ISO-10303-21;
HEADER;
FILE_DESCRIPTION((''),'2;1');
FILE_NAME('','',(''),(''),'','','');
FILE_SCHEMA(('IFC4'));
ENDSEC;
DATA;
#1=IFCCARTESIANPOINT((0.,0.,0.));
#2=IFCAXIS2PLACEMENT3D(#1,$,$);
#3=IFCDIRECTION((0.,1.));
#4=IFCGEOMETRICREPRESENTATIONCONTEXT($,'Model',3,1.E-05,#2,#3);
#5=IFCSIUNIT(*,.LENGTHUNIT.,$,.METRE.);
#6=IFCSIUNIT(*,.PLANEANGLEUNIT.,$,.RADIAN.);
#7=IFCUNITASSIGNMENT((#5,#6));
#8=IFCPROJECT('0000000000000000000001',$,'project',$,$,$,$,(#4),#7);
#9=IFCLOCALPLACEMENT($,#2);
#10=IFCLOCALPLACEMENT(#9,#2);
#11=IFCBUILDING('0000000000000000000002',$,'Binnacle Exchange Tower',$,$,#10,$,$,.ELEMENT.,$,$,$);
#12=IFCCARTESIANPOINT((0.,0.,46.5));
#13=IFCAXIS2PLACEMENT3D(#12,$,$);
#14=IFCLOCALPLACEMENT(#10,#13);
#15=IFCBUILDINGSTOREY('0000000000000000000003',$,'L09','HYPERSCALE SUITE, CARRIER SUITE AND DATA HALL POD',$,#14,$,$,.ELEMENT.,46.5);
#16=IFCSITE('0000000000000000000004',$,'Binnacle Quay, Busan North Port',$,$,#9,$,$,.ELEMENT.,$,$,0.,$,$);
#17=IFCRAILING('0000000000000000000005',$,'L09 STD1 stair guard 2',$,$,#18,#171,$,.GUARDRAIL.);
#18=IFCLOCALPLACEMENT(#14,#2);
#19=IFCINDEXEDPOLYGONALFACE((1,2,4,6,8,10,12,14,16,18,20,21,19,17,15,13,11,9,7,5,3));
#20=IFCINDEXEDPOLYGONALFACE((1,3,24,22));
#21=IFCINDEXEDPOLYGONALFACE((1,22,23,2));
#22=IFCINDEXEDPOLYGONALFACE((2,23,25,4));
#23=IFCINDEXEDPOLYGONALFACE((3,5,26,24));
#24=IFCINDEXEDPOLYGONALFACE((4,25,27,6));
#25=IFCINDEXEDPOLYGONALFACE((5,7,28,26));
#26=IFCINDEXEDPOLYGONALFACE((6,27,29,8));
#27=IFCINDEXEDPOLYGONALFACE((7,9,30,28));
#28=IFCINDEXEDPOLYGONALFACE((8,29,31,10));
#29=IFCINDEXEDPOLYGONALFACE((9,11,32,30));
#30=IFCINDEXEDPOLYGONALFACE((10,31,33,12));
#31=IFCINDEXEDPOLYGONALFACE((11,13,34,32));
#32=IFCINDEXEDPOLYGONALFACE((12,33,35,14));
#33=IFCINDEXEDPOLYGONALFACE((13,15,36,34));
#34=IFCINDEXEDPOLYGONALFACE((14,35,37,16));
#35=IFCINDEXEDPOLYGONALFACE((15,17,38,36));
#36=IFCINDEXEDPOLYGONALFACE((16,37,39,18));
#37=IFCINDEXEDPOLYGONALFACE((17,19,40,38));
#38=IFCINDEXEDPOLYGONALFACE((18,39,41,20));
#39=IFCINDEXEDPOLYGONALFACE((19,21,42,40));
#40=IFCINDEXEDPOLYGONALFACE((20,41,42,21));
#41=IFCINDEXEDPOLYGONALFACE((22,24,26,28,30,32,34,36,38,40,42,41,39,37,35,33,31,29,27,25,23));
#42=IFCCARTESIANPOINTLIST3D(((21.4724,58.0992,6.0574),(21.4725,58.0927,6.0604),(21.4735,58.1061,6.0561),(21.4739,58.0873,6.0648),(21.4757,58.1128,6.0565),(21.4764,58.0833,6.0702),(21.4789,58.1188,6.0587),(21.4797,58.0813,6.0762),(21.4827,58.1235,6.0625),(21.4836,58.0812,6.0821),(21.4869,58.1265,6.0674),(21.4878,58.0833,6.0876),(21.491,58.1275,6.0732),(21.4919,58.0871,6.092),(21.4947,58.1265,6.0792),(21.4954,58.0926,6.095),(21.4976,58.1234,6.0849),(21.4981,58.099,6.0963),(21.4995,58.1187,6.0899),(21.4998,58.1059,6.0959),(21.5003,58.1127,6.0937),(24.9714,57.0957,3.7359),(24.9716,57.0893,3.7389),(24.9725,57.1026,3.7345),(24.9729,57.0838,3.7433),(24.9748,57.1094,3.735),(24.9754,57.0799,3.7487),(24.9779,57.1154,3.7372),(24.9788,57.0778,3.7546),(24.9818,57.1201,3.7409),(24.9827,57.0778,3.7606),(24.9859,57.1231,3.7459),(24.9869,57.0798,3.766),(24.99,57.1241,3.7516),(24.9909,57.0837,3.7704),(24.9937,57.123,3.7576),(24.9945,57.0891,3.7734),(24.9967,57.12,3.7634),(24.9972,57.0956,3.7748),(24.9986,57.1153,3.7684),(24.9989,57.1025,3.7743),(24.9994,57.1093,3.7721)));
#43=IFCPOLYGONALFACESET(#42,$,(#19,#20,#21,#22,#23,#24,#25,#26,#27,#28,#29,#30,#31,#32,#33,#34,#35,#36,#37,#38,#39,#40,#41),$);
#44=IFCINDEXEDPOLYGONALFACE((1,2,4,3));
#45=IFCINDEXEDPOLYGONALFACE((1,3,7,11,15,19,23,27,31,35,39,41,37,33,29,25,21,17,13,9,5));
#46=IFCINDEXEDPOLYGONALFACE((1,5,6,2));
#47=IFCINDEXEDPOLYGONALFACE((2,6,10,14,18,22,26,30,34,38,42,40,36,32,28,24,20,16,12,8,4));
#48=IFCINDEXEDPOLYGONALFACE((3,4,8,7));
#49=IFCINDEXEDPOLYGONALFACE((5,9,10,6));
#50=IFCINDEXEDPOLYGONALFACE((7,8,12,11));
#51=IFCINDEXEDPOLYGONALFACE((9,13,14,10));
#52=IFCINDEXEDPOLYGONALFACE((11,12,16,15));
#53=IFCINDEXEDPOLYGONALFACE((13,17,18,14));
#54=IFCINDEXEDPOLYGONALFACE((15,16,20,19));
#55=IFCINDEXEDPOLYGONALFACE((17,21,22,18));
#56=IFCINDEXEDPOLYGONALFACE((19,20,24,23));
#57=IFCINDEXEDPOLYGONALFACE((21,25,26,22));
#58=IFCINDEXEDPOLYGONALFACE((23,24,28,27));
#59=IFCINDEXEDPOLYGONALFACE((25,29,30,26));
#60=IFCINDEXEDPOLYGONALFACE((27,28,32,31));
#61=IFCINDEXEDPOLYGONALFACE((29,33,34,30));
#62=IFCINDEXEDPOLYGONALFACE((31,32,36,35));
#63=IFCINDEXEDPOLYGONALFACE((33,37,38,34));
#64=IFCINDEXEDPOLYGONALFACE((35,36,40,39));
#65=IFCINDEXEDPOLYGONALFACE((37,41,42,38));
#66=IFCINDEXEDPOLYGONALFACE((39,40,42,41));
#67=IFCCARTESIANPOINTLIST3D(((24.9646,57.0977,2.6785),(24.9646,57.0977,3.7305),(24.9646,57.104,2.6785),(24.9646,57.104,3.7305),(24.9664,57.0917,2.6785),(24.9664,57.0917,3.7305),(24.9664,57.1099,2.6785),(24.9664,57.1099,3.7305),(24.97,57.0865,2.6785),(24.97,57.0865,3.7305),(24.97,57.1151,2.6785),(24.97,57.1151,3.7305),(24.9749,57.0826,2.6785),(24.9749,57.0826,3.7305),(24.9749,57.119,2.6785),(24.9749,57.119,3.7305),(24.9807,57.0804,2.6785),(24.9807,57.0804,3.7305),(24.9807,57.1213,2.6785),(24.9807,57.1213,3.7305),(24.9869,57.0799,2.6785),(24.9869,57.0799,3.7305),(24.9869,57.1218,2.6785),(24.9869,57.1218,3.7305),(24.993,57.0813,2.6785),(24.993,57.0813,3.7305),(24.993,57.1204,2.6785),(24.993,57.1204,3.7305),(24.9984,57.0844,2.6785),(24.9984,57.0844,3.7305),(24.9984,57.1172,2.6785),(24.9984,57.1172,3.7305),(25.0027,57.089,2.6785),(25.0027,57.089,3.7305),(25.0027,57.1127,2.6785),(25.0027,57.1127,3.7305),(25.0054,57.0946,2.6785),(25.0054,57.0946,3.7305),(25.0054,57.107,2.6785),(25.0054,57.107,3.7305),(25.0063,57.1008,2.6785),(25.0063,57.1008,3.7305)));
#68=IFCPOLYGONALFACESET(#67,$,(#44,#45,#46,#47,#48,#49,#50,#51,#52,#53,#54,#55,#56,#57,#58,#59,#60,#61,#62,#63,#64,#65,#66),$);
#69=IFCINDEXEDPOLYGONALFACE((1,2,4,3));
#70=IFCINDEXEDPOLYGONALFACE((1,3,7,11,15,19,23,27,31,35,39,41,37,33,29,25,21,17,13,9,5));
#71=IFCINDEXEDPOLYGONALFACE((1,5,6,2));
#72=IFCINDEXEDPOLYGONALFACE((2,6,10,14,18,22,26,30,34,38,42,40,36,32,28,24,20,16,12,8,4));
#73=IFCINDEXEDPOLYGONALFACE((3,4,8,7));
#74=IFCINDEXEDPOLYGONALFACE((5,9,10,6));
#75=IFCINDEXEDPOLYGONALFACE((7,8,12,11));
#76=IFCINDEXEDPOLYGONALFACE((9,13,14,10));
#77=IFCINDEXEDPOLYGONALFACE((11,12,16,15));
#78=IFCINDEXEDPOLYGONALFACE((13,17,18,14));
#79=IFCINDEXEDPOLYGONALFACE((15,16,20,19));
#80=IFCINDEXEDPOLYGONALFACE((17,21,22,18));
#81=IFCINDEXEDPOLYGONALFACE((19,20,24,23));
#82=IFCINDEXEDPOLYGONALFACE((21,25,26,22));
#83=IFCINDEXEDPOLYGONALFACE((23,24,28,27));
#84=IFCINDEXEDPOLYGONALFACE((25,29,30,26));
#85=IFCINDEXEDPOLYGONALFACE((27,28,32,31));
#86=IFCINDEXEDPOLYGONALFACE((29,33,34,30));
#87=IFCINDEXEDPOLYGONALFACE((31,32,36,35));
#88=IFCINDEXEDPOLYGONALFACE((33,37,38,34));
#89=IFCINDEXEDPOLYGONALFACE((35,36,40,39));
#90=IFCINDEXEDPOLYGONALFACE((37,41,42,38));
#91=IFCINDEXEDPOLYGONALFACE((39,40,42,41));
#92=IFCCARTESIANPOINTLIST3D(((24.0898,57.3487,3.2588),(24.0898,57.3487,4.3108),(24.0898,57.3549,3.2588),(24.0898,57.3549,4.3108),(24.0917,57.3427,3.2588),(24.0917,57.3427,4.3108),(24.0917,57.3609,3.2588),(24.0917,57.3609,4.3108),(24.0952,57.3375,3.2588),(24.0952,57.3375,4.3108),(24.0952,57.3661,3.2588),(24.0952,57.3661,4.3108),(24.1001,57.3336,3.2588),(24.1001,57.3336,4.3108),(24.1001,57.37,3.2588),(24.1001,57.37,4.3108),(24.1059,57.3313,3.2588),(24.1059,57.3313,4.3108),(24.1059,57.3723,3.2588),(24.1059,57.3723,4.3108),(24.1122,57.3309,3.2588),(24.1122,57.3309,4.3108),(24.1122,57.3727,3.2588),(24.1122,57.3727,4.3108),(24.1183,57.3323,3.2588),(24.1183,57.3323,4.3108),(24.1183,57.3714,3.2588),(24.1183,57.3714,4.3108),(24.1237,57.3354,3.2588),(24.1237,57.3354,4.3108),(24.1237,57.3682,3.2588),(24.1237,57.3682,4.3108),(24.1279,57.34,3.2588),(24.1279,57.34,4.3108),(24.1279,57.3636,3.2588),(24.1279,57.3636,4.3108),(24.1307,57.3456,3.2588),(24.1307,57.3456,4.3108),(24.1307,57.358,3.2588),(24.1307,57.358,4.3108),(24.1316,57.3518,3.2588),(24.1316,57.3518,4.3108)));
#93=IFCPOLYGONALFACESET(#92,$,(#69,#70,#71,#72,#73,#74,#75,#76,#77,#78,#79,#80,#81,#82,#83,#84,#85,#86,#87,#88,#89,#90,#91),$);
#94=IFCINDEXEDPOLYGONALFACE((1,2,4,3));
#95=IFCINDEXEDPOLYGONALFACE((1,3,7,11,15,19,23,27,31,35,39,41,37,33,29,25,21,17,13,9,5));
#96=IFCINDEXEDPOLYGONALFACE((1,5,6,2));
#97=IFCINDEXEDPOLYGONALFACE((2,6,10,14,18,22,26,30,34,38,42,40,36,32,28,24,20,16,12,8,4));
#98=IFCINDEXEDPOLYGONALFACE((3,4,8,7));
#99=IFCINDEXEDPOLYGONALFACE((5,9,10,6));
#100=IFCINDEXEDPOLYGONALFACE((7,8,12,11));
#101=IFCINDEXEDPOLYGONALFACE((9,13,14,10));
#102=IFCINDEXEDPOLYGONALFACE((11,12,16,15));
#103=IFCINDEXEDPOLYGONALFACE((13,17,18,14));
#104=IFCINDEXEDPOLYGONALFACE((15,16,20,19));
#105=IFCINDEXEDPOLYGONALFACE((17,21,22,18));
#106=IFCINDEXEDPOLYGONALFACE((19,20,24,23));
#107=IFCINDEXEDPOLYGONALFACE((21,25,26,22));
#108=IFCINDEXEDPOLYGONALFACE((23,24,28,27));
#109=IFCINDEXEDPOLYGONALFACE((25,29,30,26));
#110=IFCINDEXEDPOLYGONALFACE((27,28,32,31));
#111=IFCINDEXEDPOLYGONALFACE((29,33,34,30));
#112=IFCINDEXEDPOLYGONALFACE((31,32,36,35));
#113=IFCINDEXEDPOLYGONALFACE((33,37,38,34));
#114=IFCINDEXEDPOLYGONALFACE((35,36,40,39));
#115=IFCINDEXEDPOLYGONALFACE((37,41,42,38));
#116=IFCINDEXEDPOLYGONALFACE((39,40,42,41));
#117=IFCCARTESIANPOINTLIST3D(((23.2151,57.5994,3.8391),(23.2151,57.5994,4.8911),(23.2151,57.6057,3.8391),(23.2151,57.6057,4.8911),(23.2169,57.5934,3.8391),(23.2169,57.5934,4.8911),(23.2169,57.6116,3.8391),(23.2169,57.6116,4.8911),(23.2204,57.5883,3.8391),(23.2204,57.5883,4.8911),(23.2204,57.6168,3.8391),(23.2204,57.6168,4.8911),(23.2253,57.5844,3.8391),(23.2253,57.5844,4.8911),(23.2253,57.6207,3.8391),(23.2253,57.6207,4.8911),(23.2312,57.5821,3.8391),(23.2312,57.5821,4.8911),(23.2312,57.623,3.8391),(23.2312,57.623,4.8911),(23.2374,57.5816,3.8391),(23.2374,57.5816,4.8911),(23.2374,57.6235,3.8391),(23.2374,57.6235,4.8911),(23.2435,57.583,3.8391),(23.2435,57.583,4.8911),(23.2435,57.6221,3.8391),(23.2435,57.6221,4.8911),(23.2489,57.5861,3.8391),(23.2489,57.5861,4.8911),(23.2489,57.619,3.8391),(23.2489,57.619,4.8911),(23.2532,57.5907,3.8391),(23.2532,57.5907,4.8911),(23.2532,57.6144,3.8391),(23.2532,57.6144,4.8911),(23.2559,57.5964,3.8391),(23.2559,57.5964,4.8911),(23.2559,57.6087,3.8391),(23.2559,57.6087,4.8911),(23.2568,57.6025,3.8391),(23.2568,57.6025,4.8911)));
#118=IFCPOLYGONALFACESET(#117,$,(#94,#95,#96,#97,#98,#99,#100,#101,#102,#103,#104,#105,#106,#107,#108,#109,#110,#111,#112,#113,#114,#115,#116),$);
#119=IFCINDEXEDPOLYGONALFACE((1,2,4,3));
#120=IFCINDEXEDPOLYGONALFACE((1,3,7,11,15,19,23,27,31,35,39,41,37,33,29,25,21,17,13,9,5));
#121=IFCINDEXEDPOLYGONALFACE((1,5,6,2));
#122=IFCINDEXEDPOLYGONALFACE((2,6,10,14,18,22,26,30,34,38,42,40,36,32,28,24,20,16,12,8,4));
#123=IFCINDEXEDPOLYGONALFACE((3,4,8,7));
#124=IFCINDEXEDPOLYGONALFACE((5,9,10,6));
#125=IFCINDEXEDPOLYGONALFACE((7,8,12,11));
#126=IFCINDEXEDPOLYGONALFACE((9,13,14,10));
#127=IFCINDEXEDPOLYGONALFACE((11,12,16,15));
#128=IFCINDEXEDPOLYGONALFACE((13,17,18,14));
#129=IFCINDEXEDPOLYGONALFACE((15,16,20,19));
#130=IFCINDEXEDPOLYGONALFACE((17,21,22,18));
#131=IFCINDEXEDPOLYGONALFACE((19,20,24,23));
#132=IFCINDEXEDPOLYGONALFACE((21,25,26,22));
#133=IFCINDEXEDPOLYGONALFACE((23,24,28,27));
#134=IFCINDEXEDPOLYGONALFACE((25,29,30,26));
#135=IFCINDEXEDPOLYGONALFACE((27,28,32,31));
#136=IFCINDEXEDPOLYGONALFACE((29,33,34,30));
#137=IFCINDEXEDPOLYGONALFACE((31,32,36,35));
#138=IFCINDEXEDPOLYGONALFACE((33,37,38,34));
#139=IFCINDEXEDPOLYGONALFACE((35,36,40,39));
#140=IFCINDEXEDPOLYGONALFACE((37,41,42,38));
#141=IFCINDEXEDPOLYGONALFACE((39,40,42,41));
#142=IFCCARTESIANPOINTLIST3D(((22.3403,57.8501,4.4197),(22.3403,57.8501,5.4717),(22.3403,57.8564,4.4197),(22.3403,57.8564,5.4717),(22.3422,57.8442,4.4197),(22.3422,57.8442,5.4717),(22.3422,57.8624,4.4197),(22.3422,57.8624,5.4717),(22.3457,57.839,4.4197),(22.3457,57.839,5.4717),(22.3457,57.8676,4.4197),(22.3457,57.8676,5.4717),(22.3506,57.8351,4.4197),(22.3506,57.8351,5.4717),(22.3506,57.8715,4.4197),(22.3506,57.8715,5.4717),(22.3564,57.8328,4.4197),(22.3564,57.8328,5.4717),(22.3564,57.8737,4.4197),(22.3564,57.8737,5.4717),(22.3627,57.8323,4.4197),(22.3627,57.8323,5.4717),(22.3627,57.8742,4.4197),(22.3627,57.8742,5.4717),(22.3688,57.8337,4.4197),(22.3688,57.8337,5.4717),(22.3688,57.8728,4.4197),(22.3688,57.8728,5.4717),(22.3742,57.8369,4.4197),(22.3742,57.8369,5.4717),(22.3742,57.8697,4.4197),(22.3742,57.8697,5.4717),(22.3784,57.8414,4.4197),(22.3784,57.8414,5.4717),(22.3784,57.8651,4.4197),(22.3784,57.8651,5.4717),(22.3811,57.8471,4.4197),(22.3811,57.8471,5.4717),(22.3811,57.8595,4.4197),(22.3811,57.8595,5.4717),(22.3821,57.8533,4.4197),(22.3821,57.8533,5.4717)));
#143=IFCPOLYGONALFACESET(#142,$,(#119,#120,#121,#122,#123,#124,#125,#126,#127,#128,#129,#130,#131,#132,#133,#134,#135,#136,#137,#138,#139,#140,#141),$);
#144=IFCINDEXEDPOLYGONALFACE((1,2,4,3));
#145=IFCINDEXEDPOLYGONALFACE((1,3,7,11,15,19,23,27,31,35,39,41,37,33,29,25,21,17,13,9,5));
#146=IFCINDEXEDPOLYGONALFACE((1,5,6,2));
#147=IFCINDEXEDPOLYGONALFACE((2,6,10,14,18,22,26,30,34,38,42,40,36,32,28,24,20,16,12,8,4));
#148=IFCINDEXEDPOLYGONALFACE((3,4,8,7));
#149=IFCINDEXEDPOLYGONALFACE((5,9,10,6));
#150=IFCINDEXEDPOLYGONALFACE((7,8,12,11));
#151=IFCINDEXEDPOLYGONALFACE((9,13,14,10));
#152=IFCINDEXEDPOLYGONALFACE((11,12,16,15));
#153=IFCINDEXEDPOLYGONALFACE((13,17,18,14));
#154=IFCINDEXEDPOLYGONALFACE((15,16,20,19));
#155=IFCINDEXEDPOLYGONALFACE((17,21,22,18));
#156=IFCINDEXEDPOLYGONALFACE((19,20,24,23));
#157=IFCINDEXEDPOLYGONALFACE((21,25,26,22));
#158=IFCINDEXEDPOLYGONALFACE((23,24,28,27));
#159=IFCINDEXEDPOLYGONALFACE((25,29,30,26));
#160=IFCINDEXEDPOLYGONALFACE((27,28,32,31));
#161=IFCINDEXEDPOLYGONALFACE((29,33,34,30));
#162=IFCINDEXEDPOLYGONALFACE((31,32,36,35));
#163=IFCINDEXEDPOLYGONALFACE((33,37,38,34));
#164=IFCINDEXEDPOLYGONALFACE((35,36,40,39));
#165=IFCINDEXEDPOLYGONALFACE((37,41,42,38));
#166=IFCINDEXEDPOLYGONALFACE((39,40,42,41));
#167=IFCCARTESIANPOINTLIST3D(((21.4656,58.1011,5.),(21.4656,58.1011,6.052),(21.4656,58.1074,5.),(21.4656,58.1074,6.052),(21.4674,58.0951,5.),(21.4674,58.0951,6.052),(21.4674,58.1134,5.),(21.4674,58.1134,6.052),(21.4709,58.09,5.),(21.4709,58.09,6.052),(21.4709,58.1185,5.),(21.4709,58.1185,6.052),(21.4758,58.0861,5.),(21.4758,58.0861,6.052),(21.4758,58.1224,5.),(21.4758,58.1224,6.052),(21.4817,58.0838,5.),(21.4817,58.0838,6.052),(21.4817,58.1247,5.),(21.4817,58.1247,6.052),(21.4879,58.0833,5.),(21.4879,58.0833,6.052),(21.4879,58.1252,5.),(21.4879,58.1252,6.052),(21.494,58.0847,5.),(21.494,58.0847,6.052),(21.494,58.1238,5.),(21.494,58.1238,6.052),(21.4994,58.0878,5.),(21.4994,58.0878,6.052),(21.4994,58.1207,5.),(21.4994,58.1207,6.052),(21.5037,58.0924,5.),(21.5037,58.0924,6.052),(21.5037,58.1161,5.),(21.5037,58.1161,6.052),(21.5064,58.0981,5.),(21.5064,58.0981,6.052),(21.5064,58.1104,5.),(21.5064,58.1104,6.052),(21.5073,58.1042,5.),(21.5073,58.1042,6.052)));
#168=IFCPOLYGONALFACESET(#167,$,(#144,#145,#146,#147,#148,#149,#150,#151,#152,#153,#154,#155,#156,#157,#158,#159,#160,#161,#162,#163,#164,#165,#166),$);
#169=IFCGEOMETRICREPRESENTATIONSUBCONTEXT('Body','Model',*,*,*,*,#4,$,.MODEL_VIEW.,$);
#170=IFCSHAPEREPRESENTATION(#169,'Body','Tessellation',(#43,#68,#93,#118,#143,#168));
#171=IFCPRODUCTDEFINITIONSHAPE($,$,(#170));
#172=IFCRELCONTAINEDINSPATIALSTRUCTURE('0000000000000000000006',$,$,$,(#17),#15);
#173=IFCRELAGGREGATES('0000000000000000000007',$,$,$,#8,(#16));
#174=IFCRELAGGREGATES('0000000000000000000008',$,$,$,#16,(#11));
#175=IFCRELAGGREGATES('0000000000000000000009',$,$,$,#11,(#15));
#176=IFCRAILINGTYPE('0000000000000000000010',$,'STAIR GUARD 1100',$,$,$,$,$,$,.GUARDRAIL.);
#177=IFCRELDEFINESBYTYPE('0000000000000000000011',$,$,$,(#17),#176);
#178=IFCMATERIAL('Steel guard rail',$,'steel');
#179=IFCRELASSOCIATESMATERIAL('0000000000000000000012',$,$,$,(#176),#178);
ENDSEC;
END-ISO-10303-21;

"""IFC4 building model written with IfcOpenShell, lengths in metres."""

from ifc_helpers import new_model, si_unit, direction, frame, origin, origin_2d, place, context, subcontext, project, spatial, circle, extrude, material, type_object, element, save


model = new_model("IFC4")

# Units and contexts
model_context = context("Model", 3, precision=1e-05, world=origin(), true_north=direction((0.0, 1.0)))
body_context = subcontext(model_context, "Body", "Model", "MODEL_VIEW")
ifc_project = project(units=[si_unit("LENGTHUNIT", "METRE"), si_unit("PLANEANGLEUNIT", "RADIAN")], contexts=[model_context])

# Site, building, storey
site_placement = place(None, origin())
site = spatial("IfcSite", under=ifc_project, at=site_placement, Name="Binnacle Quay, Busan North Port", CompositionType="ELEMENT", RefElevation=0.0)
building_placement = place(site_placement, origin())
building = spatial("IfcBuilding", under=site, at=building_placement, Name="Binnacle Exchange Tower", CompositionType="ELEMENT")
storey_placement = place(building_placement, frame((0.0, 0.0, 46.5)))
storey = spatial("IfcBuildingStorey", under=building, at=storey_placement, Name="L09", Description="HYPERSCALE SUITE, CARRIER SUITE AND DATA HALL POD", CompositionType="ELEMENT", Elevation=46.5)

# Railing
ifc_material_1 = material(Name="Steel guard rail", Category="steel")
railing_type_1 = type_object("IfcRailingType", Name="STAIR GUARD 1100", PredefinedType="GUARDRAIL", material=ifc_material_1)
railing_1_placement = place(storey_placement, frame((24.9854, 57.1008, 2.6785)))
element("IfcRailing", 1, at=railing_1_placement, inside=storey, type_object=railing_type_1, Name="L09 STD1 stair guard 2", PredefinedType="GUARDRAIL", context=body_context, shape_type="SweptSolid", body=[
    extrude(circle(Radius=0.0239, at=origin_2d()), frame((0.0, 0.0, 1.0762), z_axis=(-0.810456, 0.232415, 0.537722), x_axis=(-0.27566, -0.961255, 0.0)), (0.0, 0.0, 1.0), 4.3174),
    extrude(circle(Radius=0.021, at=origin_2d()), origin(), (0.0, 0.0, 1.0), 1.052),
    extrude(circle(Radius=0.021, at=origin_2d()), frame((-0.8748, 0.251, 0.5803)), (0.0, 0.0, 1.0), 1.052),
    extrude(circle(Radius=0.021, at=origin_2d()), frame((-1.7495, 0.5017, 1.1606)), (0.0, 0.0, 1.0), 1.052),
    extrude(circle(Radius=0.021, at=origin_2d()), frame((-2.6243, 0.7524, 1.7412)), (0.0, 0.0, 1.0), 1.052),
    extrude(circle(Radius=0.021, at=origin_2d()), frame((-3.499, 1.0034, 2.3215)), (0.0, 0.0, 1.0), 1.052),
])

save(model, "model.ifc")
